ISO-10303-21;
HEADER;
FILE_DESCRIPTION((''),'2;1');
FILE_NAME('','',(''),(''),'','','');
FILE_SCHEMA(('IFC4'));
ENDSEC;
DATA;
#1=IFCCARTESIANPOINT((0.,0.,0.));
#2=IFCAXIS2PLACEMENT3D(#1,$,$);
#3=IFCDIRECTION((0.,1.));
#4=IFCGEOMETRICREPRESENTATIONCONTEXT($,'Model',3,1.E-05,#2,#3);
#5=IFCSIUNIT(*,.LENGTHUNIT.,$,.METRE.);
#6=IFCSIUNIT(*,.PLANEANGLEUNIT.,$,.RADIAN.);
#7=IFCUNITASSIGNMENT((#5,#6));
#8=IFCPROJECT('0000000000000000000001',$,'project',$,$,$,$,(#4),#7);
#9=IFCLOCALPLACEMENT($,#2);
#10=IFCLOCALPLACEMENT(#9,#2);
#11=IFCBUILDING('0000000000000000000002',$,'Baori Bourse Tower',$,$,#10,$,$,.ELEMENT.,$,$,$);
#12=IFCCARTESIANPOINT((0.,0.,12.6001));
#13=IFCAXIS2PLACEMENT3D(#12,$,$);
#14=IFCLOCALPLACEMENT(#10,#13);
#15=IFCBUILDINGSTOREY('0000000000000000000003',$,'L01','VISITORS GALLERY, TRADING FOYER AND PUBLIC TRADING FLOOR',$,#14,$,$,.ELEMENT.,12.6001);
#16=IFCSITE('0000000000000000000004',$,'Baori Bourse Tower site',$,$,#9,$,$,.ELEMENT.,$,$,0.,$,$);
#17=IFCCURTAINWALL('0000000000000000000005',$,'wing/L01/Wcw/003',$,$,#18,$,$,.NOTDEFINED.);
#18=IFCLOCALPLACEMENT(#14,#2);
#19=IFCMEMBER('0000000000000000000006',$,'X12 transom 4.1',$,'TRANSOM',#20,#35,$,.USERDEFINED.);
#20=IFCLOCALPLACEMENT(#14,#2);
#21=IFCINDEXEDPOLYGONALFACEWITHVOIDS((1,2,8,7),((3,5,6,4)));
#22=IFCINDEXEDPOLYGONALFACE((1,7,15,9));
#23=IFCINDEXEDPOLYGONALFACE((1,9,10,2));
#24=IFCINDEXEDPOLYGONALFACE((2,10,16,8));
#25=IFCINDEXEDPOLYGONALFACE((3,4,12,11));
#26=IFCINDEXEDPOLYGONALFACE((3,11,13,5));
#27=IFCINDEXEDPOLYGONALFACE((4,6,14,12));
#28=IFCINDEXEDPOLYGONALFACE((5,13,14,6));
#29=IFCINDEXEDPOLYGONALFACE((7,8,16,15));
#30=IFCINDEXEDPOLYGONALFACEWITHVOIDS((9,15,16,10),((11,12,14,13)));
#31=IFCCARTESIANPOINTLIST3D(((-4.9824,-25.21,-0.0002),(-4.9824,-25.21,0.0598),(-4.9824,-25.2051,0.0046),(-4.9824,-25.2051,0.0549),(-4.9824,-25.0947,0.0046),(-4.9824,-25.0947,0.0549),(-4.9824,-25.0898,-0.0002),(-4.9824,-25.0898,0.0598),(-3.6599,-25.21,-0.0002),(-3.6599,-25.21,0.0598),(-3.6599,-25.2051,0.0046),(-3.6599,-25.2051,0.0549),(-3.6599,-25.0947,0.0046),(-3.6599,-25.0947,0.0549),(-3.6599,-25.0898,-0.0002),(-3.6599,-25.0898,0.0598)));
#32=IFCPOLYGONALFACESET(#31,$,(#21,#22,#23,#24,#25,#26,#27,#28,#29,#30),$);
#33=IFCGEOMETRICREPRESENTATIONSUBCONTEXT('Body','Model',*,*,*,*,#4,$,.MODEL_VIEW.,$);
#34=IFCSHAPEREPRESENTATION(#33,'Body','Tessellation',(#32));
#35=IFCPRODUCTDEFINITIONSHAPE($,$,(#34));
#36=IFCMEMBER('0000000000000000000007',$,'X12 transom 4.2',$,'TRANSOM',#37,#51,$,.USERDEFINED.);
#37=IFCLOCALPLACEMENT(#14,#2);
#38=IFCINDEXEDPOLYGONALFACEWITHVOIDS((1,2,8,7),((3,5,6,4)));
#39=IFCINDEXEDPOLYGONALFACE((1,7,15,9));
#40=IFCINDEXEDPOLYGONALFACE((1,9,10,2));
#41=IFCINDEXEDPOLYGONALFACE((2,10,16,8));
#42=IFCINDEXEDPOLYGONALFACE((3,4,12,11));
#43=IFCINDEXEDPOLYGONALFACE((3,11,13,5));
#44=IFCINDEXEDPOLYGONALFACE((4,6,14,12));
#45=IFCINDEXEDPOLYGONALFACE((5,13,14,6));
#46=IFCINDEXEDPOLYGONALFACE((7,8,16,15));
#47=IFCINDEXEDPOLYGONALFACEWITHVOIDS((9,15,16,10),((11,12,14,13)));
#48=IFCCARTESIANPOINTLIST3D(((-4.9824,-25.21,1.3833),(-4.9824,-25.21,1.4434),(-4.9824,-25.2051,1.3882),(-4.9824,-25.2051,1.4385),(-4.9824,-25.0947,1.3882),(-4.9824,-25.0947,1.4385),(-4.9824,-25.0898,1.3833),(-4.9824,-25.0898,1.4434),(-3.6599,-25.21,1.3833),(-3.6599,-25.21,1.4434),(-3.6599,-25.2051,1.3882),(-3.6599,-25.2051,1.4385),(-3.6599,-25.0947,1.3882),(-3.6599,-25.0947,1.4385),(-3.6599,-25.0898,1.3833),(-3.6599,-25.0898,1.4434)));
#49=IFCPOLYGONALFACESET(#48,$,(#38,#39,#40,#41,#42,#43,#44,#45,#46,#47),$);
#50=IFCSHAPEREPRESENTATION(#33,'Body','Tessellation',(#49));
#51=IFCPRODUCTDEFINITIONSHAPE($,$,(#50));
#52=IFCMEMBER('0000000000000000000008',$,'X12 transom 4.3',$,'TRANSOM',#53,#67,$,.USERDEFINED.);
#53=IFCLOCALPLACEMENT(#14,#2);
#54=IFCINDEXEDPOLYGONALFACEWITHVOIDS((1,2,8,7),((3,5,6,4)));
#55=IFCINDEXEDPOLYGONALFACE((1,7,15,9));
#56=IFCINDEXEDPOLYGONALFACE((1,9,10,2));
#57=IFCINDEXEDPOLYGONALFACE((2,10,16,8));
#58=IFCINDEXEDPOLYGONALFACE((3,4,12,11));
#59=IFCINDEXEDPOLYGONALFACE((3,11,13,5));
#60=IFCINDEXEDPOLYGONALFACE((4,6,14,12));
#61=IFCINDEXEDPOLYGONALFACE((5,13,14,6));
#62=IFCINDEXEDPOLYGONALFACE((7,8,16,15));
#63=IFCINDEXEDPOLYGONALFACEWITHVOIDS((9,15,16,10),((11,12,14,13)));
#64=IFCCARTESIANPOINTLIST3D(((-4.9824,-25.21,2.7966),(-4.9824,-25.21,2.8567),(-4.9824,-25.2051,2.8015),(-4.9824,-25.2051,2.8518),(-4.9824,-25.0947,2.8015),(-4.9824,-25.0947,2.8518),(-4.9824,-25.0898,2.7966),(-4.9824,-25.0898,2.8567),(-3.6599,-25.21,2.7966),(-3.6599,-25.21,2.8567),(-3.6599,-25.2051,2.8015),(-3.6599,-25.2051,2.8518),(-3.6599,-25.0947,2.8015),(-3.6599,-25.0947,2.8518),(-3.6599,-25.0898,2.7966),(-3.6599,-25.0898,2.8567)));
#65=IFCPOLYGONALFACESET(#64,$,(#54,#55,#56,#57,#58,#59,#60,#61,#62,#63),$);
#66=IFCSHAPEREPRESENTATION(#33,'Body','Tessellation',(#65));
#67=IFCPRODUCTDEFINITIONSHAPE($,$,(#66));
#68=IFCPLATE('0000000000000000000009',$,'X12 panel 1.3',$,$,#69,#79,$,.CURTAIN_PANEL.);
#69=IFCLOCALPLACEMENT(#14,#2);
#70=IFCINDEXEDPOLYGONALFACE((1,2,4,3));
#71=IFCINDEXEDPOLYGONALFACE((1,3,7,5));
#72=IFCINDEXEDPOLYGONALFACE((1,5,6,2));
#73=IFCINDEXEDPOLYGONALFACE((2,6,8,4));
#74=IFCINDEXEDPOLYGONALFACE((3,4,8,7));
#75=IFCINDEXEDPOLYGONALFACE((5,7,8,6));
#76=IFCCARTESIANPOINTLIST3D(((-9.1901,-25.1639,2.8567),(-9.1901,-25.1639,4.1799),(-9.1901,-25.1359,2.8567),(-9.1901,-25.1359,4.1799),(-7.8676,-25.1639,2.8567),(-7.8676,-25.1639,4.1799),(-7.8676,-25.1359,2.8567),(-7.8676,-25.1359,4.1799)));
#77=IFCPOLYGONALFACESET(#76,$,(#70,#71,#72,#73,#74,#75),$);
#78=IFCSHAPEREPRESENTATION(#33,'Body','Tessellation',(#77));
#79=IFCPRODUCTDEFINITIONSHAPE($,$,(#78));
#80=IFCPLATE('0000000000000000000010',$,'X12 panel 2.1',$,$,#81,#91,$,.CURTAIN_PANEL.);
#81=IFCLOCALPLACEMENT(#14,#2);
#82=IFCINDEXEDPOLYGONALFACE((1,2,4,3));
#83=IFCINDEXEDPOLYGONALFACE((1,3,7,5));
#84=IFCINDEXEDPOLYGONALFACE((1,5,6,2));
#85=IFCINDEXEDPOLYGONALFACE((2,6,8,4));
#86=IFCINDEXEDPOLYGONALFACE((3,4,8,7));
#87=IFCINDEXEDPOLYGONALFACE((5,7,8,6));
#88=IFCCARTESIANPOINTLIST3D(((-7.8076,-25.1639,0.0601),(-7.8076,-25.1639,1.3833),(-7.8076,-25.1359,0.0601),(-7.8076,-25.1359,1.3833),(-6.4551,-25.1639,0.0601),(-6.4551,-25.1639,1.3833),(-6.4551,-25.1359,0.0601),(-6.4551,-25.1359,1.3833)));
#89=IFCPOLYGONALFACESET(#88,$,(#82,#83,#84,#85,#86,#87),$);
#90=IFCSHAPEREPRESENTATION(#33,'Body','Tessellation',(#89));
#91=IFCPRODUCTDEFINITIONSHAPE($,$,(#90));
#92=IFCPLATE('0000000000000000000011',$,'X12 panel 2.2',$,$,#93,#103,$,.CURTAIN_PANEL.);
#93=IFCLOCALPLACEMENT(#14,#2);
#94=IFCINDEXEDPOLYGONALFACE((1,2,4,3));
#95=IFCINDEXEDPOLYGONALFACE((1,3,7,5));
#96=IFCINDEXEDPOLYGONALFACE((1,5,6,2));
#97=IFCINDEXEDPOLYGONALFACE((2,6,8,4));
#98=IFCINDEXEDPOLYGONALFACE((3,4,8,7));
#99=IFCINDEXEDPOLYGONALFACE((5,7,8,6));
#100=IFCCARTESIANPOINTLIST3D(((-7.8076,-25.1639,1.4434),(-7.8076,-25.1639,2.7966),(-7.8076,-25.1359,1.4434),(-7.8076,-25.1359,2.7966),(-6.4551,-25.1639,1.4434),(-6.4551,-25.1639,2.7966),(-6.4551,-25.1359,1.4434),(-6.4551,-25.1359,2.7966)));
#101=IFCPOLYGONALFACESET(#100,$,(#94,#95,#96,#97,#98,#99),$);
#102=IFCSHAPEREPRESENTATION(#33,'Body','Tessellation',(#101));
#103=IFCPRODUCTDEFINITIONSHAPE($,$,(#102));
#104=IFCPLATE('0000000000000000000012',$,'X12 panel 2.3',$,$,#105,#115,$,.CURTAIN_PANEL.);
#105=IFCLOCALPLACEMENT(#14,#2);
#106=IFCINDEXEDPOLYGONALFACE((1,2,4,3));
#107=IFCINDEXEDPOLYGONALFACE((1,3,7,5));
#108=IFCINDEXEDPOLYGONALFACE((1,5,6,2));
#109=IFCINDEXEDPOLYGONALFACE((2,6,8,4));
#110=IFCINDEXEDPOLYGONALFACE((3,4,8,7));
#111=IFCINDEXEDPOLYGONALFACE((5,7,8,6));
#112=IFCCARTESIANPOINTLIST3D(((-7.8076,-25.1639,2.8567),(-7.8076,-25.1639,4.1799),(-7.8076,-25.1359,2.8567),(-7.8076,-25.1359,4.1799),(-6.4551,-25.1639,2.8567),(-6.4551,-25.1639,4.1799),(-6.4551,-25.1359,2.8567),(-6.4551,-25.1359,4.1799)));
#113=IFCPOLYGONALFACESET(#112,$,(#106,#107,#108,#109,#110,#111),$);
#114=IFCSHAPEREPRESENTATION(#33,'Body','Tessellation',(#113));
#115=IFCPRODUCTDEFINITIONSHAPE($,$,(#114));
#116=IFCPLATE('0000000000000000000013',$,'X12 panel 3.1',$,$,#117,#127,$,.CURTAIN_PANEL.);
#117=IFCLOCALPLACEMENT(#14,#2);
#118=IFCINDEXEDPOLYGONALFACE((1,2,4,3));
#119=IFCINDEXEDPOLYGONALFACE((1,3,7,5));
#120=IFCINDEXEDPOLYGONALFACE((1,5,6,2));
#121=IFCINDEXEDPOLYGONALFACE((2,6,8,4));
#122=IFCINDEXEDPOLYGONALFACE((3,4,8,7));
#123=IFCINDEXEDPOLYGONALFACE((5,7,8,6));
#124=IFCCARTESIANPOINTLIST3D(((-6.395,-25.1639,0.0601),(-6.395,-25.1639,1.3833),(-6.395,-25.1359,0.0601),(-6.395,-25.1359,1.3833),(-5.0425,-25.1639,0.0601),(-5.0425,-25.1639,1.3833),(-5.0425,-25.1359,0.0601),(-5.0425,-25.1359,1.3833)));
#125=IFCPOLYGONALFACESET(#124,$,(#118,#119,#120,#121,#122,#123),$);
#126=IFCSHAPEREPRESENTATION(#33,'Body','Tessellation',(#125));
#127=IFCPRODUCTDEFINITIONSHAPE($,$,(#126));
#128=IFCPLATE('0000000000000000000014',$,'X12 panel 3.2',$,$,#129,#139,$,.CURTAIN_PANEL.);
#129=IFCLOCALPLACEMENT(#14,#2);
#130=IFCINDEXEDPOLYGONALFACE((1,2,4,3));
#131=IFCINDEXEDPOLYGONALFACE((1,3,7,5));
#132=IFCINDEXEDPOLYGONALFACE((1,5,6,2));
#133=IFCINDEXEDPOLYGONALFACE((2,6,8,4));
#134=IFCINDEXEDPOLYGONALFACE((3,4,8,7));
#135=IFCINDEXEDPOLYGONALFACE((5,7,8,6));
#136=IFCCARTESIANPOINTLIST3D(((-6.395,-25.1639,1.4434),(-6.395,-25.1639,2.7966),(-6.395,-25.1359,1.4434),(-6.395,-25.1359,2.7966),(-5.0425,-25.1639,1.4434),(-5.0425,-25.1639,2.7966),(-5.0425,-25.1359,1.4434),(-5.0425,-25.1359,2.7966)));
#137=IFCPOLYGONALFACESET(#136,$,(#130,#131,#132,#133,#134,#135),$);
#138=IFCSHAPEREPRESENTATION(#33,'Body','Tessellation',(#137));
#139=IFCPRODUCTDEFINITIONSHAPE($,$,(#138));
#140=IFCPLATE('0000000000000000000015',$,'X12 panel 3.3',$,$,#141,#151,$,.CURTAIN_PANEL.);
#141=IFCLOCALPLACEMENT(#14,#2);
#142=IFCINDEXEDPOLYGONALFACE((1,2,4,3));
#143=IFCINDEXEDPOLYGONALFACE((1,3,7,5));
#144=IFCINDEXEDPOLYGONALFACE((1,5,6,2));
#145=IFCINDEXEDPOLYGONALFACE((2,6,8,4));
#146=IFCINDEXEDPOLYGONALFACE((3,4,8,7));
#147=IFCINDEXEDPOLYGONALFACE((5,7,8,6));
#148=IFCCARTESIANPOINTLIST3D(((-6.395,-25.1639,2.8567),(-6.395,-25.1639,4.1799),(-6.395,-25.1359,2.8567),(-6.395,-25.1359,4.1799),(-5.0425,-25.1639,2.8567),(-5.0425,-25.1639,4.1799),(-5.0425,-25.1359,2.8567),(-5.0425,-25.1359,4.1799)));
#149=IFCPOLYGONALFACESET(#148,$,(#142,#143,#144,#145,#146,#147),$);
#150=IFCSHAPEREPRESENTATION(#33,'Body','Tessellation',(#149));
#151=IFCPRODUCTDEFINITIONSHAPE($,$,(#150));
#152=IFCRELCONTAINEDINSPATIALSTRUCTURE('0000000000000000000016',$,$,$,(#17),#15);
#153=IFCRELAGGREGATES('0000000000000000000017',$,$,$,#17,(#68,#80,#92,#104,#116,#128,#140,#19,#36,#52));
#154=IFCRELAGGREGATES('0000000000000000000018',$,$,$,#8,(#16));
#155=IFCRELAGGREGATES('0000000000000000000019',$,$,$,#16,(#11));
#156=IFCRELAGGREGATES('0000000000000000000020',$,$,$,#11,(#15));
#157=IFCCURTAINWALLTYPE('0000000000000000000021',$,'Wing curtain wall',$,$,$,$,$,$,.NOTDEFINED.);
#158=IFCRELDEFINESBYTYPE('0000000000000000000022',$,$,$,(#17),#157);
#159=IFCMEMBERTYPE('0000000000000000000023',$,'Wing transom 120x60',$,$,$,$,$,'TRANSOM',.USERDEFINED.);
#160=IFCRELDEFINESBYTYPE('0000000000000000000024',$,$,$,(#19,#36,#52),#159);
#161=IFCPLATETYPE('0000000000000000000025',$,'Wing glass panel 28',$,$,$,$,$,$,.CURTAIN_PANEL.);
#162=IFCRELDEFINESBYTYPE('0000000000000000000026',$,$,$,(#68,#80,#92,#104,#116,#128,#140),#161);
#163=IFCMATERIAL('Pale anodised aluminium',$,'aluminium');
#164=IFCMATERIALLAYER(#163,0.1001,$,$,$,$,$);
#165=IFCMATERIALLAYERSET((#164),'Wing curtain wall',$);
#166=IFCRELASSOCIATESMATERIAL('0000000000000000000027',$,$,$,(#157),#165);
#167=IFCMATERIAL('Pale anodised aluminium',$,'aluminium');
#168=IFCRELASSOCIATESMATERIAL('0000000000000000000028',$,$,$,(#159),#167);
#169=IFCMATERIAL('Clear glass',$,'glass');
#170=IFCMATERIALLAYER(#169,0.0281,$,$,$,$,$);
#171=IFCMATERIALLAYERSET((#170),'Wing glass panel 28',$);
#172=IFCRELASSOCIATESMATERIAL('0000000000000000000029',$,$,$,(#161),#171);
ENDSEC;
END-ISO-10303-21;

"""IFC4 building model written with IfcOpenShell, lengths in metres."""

from ifc_helpers import new_model, si_unit, direction, frame, origin, origin_2d, place, context, subcontext, project, spatial, rectangle, hollow_rectangle, extrude, material, layer, layer_set, material_profile, profile_set, type_object, element, aggregate, save


model = new_model("IFC4")

# Units and contexts
model_context = context("Model", 3, precision=1e-05, world=origin(), true_north=direction((0.0, 1.0)))
body_context = subcontext(model_context, "Body", "Model", "MODEL_VIEW")
ifc_project = project(units=[si_unit("LENGTHUNIT", "METRE"), si_unit("PLANEANGLEUNIT", "RADIAN")], contexts=[model_context])

# Site, building, storey
site_placement = place(None, origin())
site = spatial("IfcSite", under=ifc_project, at=site_placement, Name="Baori Bourse Tower site", CompositionType="ELEMENT", RefElevation=0.0)
building_placement = place(site_placement, origin())
building = spatial("IfcBuilding", under=site, at=building_placement, Name="Baori Bourse Tower", CompositionType="ELEMENT")
storey_placement = place(building_placement, frame((0.0, 0.0, 12.6001)))
storey = spatial("IfcBuildingStorey", under=building, at=storey_placement, Name="L01", Description="VISITORS GALLERY, TRADING FOYER AND PUBLIC TRADING FLOOR", CompositionType="ELEMENT", Elevation=12.6001)

# Curtain wall, members, plates
ifc_material_1 = material(Name="Pale anodised aluminium", Category="aluminium")
ifc_layer_1 = layer(ifc_material_1, 0.1001)
ifc_layer_set_1 = layer_set([ifc_layer_1], Name="Wing curtain wall")
curtain_wall_type = type_object("IfcCurtainWallType", Name="Wing curtain wall", PredefinedType="NOTDEFINED", material=ifc_layer_set_1)
curtain_wall_placement = place(storey_placement, origin())
curtain_wall = element("IfcCurtainWall", 1, at=curtain_wall_placement, inside=storey, type_object=curtain_wall_type, Name="wing/L01/Wcw/003", PredefinedType="NOTDEFINED")
ifc_material_2 = material(Name="Pale anodised aluminium", Category="aluminium")
ifc_material_profile_1 = material_profile(ifc_material_2, hollow_rectangle(XDim=0.1201, YDim=0.0601, WallThickness=0.0049, at=origin_2d()), Name="Transom 120x60x5")
ifc_profile_set_1 = profile_set([ifc_material_profile_1], Name="Pale anodised aluminium")
member_type_1 = type_object("IfcMemberType", Name="Wing transom 120x60", ElementType="TRANSOM", PredefinedType="USERDEFINED", material=ifc_profile_set_1)
member_1_placement = place(storey_placement, frame((-4.9824, -25.1499, 0.0298), z_axis=(1.0, 0.0, 0.0), x_axis=(0.0, 1.0, 0.0)))
member_1 = element("IfcMember", 2, at=member_1_placement, type_object=member_type_1, Name="X12 transom 4.1", ObjectType="TRANSOM", PredefinedType="USERDEFINED", context=body_context, shape_type="SweptSolid", body=[
    extrude(hollow_rectangle(XDim=0.1201, YDim=0.0601, WallThickness=0.0049, at=origin_2d()), origin(), (0.0, 0.0, 1.0), 1.3225),
])
member_2_placement = place(storey_placement, frame((-4.9824, -25.1499, 1.4133), z_axis=(1.0, 0.0, 0.0), x_axis=(0.0, 1.0, 0.0)))
member_2 = element("IfcMember", 3, at=member_2_placement, type_object=member_type_1, Name="X12 transom 4.2", ObjectType="TRANSOM", PredefinedType="USERDEFINED", context=body_context, shape_type="SweptSolid", body=[
    extrude(hollow_rectangle(XDim=0.1201, YDim=0.0601, WallThickness=0.0049, at=origin_2d()), origin(), (0.0, 0.0, 1.0), 1.3225),
])
member_3_placement = place(storey_placement, frame((-4.9824, -25.1499, 2.8267), z_axis=(1.0, 0.0, 0.0), x_axis=(0.0, 1.0, 0.0)))
member_3 = element("IfcMember", 4, at=member_3_placement, type_object=member_type_1, Name="X12 transom 4.3", ObjectType="TRANSOM", PredefinedType="USERDEFINED", context=body_context, shape_type="SweptSolid", body=[
    extrude(hollow_rectangle(XDim=0.1201, YDim=0.0601, WallThickness=0.0049, at=origin_2d()), origin(), (0.0, 0.0, 1.0), 1.3225),
])
ifc_material_3 = material(Name="Clear glass", Category="glass")
ifc_layer_2 = layer(ifc_material_3, 0.0281)
ifc_layer_set_2 = layer_set([ifc_layer_2], Name="Wing glass panel 28")
plate_type = type_object("IfcPlateType", Name="Wing glass panel 28", PredefinedType="CURTAIN_PANEL", material=ifc_layer_set_2)
plate_1_placement = place(storey_placement, frame((-8.5288, -25.1499, 2.8567), z_axis=(0.0, 0.0, 1.0), x_axis=(1.0, 0.0, 0.0)))
plate_1 = element("IfcPlate", 5, at=plate_1_placement, type_object=plate_type, Name="X12 panel 1.3", PredefinedType="CURTAIN_PANEL", context=body_context, shape_type="SweptSolid", body=[
    extrude(rectangle(XDim=1.3225, YDim=0.0281, at=origin_2d()), origin(), (0.0, 0.0, 1.0), 1.3232),
])
plate_2_placement = place(storey_placement, frame((-7.1313, -25.1499, 0.0601), z_axis=(0.0, 0.0, 1.0), x_axis=(1.0, 0.0, 0.0)))
plate_2 = element("IfcPlate", 6, at=plate_2_placement, type_object=plate_type, Name="X12 panel 2.1", PredefinedType="CURTAIN_PANEL", context=body_context, shape_type="SweptSolid", body=[
    extrude(rectangle(XDim=1.3525, YDim=0.0281, at=origin_2d()), origin(), (0.0, 0.0, 1.0), 1.3232),
])
plate_3_placement = place(storey_placement, frame((-7.1313, -25.1499, 1.4434), z_axis=(0.0, 0.0, 1.0), x_axis=(1.0, 0.0, 0.0)))
plate_3 = element("IfcPlate", 7, at=plate_3_placement, type_object=plate_type, Name="X12 panel 2.2", PredefinedType="CURTAIN_PANEL", context=body_context, shape_type="SweptSolid", body=[
    extrude(rectangle(XDim=1.3525, YDim=0.0281, at=origin_2d()), origin(), (0.0, 0.0, 1.0), 1.3533),
])
plate_4_placement = place(storey_placement, frame((-7.1313, -25.1499, 2.8567), z_axis=(0.0, 0.0, 1.0), x_axis=(1.0, 0.0, 0.0)))
plate_4 = element("IfcPlate", 8, at=plate_4_placement, type_object=plate_type, Name="X12 panel 2.3", PredefinedType="CURTAIN_PANEL", context=body_context, shape_type="SweptSolid", body=[
    extrude(rectangle(XDim=1.3525, YDim=0.0281, at=origin_2d()), origin(), (0.0, 0.0, 1.0), 1.3232),
])
plate_5_placement = place(storey_placement, frame((-5.7188, -25.1499, 0.0601), z_axis=(0.0, 0.0, 1.0), x_axis=(1.0, 0.0, 0.0)))
plate_5 = element("IfcPlate", 9, at=plate_5_placement, type_object=plate_type, Name="X12 panel 3.1", PredefinedType="CURTAIN_PANEL", context=body_context, shape_type="SweptSolid", body=[
    extrude(rectangle(XDim=1.3525, YDim=0.0281, at=origin_2d()), origin(), (0.0, 0.0, 1.0), 1.3232),
])
plate_6_placement = place(storey_placement, frame((-5.7188, -25.1499, 1.4434), z_axis=(0.0, 0.0, 1.0), x_axis=(1.0, 0.0, 0.0)))
plate_6 = element("IfcPlate", 10, at=plate_6_placement, type_object=plate_type, Name="X12 panel 3.2", PredefinedType="CURTAIN_PANEL", context=body_context, shape_type="SweptSolid", body=[
    extrude(rectangle(XDim=1.3525, YDim=0.0281, at=origin_2d()), origin(), (0.0, 0.0, 1.0), 1.3533),
])
plate_7_placement = place(storey_placement, frame((-5.7188, -25.1499, 2.8567), z_axis=(0.0, 0.0, 1.0), x_axis=(1.0, 0.0, 0.0)))
plate_7 = element("IfcPlate", 11, at=plate_7_placement, type_object=plate_type, Name="X12 panel 3.3", PredefinedType="CURTAIN_PANEL", context=body_context, shape_type="SweptSolid", body=[
    extrude(rectangle(XDim=1.3525, YDim=0.0281, at=origin_2d()), origin(), (0.0, 0.0, 1.0), 1.3232),
])
aggregate(curtain_wall, [plate_1, plate_2, plate_3, plate_4, plate_5, plate_6, plate_7, member_1, member_2, member_3])

save(model, "model.ifc")
